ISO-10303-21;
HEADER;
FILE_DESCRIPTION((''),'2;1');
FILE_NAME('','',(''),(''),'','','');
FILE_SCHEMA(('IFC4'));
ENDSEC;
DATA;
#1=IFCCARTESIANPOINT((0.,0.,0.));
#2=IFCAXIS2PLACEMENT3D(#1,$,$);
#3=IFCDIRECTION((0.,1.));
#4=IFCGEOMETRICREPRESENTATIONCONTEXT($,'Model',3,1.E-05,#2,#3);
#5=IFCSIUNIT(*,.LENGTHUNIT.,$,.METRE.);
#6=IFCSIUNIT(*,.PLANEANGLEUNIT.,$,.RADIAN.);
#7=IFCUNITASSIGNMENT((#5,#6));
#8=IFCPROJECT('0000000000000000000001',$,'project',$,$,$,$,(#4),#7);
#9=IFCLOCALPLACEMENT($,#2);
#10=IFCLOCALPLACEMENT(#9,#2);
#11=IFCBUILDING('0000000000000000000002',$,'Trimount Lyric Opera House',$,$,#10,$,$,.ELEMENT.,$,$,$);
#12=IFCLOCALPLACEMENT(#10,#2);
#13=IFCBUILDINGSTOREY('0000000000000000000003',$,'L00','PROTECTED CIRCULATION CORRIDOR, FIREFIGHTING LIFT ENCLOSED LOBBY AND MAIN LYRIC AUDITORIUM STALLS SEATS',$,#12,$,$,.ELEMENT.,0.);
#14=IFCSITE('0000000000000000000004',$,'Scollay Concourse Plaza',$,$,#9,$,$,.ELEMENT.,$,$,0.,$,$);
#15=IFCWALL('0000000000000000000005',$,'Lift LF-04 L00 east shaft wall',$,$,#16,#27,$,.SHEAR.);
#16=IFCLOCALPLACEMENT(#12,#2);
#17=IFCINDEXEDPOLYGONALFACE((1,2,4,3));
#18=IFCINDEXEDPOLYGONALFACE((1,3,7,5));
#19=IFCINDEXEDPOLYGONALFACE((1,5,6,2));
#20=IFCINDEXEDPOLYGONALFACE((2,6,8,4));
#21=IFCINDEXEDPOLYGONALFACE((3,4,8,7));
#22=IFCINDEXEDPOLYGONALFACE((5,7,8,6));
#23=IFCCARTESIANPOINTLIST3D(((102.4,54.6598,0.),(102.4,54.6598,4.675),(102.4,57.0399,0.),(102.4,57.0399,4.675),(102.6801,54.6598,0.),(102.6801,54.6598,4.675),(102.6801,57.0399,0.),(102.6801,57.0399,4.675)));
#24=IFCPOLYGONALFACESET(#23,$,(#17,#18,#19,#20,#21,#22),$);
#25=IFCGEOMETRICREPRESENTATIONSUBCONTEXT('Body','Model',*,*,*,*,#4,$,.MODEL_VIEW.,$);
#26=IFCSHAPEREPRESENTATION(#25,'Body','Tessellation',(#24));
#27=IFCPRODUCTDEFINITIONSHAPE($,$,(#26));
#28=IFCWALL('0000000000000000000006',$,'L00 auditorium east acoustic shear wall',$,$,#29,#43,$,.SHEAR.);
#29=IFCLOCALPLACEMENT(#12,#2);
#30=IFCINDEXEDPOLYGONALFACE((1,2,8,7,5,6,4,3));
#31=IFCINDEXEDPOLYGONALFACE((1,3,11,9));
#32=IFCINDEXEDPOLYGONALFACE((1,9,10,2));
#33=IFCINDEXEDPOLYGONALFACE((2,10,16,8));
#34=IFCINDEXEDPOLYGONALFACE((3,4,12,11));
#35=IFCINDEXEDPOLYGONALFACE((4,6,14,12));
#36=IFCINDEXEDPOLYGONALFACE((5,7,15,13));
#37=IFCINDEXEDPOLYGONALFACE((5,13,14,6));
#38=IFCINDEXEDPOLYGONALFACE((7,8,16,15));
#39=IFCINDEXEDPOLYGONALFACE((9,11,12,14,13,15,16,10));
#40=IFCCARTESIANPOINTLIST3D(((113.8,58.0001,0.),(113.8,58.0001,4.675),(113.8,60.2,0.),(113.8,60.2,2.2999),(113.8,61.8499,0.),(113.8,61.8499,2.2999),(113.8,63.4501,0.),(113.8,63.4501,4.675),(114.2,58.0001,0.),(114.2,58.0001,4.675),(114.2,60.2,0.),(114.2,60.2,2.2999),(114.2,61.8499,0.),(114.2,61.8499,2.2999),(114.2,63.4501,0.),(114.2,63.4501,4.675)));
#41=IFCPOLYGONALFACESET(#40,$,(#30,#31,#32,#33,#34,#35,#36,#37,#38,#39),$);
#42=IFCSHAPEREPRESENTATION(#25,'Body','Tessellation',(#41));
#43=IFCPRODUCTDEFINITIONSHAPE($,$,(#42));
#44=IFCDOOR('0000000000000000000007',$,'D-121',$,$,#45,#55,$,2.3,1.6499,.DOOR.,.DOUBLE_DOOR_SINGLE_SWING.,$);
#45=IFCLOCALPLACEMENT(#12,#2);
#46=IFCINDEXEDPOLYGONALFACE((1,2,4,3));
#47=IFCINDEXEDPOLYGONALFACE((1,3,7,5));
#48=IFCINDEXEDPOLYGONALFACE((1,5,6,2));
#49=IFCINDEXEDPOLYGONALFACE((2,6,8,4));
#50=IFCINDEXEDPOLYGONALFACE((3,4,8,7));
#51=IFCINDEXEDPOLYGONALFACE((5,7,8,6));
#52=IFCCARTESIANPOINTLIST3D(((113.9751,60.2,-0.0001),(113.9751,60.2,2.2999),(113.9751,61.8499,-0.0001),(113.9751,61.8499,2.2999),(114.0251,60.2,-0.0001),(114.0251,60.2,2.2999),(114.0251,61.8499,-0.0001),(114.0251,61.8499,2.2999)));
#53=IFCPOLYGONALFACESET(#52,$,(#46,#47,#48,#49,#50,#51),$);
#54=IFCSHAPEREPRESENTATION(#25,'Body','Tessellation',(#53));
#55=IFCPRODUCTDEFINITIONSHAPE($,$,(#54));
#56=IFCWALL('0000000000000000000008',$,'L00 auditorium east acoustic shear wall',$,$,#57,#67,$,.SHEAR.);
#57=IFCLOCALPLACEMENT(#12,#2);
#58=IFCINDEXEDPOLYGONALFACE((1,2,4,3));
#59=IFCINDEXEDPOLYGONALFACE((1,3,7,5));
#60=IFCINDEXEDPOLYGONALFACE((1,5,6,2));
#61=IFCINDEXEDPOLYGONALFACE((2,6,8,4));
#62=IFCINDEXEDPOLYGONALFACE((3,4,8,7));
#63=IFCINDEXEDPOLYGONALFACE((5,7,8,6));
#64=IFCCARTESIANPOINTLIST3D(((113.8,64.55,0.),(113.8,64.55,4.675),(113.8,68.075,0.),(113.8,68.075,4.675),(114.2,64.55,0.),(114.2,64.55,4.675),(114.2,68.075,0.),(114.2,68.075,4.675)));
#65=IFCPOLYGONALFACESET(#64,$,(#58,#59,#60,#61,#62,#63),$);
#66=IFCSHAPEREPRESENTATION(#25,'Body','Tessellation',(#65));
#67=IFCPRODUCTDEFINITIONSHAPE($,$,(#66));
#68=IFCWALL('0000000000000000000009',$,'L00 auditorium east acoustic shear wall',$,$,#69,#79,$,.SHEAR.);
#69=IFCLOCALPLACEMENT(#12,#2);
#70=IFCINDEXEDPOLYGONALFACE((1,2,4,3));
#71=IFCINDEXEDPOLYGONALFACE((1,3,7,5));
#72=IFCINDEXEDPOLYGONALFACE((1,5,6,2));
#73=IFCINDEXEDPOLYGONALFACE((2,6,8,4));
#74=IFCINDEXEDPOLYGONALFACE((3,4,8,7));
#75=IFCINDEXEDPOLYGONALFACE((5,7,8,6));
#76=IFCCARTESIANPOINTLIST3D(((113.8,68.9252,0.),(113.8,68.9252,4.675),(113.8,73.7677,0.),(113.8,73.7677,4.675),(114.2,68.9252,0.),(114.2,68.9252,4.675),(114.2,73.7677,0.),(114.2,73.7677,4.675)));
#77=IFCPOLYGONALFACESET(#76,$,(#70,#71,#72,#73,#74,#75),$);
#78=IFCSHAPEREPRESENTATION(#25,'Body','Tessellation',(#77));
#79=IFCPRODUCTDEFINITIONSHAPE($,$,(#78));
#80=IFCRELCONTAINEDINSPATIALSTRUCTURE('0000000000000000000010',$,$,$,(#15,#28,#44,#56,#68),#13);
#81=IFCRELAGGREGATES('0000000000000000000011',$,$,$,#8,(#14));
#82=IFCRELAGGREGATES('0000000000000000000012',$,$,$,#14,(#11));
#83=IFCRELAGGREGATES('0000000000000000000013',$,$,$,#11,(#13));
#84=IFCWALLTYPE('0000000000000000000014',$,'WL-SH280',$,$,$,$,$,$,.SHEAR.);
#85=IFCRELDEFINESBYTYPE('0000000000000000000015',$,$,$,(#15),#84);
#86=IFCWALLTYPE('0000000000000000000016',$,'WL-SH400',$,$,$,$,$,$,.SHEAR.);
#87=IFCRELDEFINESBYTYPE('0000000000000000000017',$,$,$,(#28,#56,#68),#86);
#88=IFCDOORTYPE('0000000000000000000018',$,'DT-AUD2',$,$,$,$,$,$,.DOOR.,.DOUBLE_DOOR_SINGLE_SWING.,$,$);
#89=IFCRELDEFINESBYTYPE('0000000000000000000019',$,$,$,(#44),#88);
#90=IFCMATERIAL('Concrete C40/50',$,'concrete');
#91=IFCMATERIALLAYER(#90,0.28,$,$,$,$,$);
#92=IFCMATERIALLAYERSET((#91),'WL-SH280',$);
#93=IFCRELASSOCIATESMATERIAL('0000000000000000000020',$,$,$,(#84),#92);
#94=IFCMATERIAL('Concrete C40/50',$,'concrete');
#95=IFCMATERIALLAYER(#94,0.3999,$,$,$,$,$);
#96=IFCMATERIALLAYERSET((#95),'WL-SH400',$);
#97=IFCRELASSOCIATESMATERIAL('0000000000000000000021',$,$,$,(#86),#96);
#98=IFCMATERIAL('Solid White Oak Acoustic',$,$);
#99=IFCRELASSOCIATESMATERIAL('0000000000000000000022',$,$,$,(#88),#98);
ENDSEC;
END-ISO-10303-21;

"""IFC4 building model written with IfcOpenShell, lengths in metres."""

from ifc_helpers import new_model, si_unit, direction, frame, frame_2d, origin, place, context, subcontext, project, spatial, rectangle, extrude, material, layer, layer_set, type_object, element, fill, save


model = new_model("IFC4")

# Units and contexts
model_context = context("Model", 3, precision=1e-05, world=origin(), true_north=direction((0.0, 1.0)))
body_context = subcontext(model_context, "Body", "Model", "MODEL_VIEW")
ifc_project = project(units=[si_unit("LENGTHUNIT", "METRE"), si_unit("PLANEANGLEUNIT", "RADIAN")], contexts=[model_context])

# Site, building, storey
site_placement = place(None, origin())
site = spatial("IfcSite", under=ifc_project, at=site_placement, Name="Scollay Concourse Plaza", CompositionType="ELEMENT", RefElevation=0.0)
building_placement = place(site_placement, origin())
building = spatial("IfcBuilding", under=site, at=building_placement, Name="Trimount Lyric Opera House", CompositionType="ELEMENT")
storey_placement = place(building_placement, origin())
storey = spatial("IfcBuildingStorey", under=building, at=storey_placement, Name="L00", Description="PROTECTED CIRCULATION CORRIDOR, FIREFIGHTING LIFT ENCLOSED LOBBY AND MAIN LYRIC AUDITORIUM STALLS SEATS", CompositionType="ELEMENT", Elevation=0.0)

# Wall
ifc_material_1 = material(Name="Concrete C40/50", Category="concrete")
ifc_layer_1 = layer(ifc_material_1, 0.28)
ifc_layer_set_1 = layer_set([ifc_layer_1], Name="WL-SH280")
wall_type_1 = type_object("IfcWallType", Name="WL-SH280", PredefinedType="SHEAR", material=ifc_layer_set_1)
wall_1_placement = place(storey_placement, frame((102.54, 54.6599, 0.0), z_axis=(0.0, 0.0, 1.0), x_axis=(0.0, 1.0, 0.0)))
element("IfcWall", 1, at=wall_1_placement, inside=storey, type_object=wall_type_1, Name="Lift LF-04 L00 east shaft wall", PredefinedType="SHEAR", context=body_context, shape_type="SweptSolid", body=[
    extrude(rectangle(XDim=2.3801, YDim=0.28, at=frame_2d((1.1899, 0.0))), origin(), (0.0, 0.0, 1.0), 4.675),
])

# Wall, opening, door
ifc_material_2 = material(Name="Concrete C40/50", Category="concrete")
ifc_layer_2 = layer(ifc_material_2, 0.3999)
ifc_layer_set_2 = layer_set([ifc_layer_2], Name="WL-SH400")
wall_type_2 = type_object("IfcWallType", Name="WL-SH400", PredefinedType="SHEAR", material=ifc_layer_set_2)
wall_2_placement = place(storey_placement, frame((114.0, 58.0, 0.0), z_axis=(0.0, 0.0, 1.0), x_axis=(0.0, 1.0, 0.0)))
wall_2 = element("IfcWall", 2, at=wall_2_placement, inside=storey, type_object=wall_type_2, Name="L00 auditorium east acoustic shear wall", PredefinedType="SHEAR", context=body_context, shape_type="SweptSolid", body=[
    extrude(rectangle(XDim=5.45, YDim=0.3999, at=frame_2d((2.7251, 0.0))), origin(), (0.0, 0.0, 1.0), 4.675),
])
opening_placement = place(wall_2_placement, frame((2.2, 0.0, 0.0)))
opening = element("IfcOpeningElement", 3, at=opening_placement, cuts=wall_2, PredefinedType="OPENING", context=body_context, shape_type="SweptSolid", body=[
    extrude(rectangle(XDim=1.6499, YDim=2.3, at=frame_2d((0.825, 1.1499))), frame((0.0, 0.21, 0.0), z_axis=(0.0, -1.0, 0.0), x_axis=(1.0, 0.0, 0.0)), (0.0, 0.0, 1.0), 0.4199),
])
ifc_material_3 = material(Name="Solid White Oak Acoustic")
door_type = type_object("IfcDoorType", Name="DT-AUD2", OperationType="DOUBLE_DOOR_SINGLE_SWING", PredefinedType="DOOR", material=ifc_material_3)
door_placement = place(opening_placement, origin())
door = element("IfcDoor", 4, at=door_placement, inside=storey, type_object=door_type, Name="D-121", OperationType="DOUBLE_DOOR_SINGLE_SWING", OverallHeight=2.3, OverallWidth=1.6499, PredefinedType="DOOR", context=body_context, shape_type="SweptSolid", body=[
    extrude(rectangle(XDim=1.6499, YDim=2.3, at=frame_2d((0.825, 1.1499))), frame((0.0, 0.0249, 0.0), z_axis=(0.0, -1.0, 0.0), x_axis=(1.0, 0.0, 0.0)), (0.0, 0.0, 1.0), 0.05),
])
fill(opening, door)

# Walls
wall_3_placement = place(storey_placement, frame((114.0, 64.55, 0.0), z_axis=(0.0, 0.0, 1.0), x_axis=(0.0, 1.0, 0.0)))
element("IfcWall", 5, at=wall_3_placement, inside=storey, type_object=wall_type_2, Name="L00 auditorium east acoustic shear wall", PredefinedType="SHEAR", context=body_context, shape_type="SweptSolid", body=[
    extrude(rectangle(XDim=3.5249, YDim=0.3999, at=frame_2d((1.7625, 0.0))), origin(), (0.0, 0.0, 1.0), 4.675),
])
wall_4_placement = place(storey_placement, frame((114.0, 68.925, 0.0), z_axis=(0.0, 0.0, 1.0), x_axis=(0.0, 1.0, 0.0)))
element("IfcWall", 6, at=wall_4_placement, inside=storey, type_object=wall_type_2, Name="L00 auditorium east acoustic shear wall", PredefinedType="SHEAR", context=body_context, shape_type="SweptSolid", body=[
    extrude(rectangle(XDim=4.8425, YDim=0.3999, at=frame_2d((2.4214, 0.0))), origin(), (0.0, 0.0, 1.0), 4.675),
])

save(model, "model.ifc")
